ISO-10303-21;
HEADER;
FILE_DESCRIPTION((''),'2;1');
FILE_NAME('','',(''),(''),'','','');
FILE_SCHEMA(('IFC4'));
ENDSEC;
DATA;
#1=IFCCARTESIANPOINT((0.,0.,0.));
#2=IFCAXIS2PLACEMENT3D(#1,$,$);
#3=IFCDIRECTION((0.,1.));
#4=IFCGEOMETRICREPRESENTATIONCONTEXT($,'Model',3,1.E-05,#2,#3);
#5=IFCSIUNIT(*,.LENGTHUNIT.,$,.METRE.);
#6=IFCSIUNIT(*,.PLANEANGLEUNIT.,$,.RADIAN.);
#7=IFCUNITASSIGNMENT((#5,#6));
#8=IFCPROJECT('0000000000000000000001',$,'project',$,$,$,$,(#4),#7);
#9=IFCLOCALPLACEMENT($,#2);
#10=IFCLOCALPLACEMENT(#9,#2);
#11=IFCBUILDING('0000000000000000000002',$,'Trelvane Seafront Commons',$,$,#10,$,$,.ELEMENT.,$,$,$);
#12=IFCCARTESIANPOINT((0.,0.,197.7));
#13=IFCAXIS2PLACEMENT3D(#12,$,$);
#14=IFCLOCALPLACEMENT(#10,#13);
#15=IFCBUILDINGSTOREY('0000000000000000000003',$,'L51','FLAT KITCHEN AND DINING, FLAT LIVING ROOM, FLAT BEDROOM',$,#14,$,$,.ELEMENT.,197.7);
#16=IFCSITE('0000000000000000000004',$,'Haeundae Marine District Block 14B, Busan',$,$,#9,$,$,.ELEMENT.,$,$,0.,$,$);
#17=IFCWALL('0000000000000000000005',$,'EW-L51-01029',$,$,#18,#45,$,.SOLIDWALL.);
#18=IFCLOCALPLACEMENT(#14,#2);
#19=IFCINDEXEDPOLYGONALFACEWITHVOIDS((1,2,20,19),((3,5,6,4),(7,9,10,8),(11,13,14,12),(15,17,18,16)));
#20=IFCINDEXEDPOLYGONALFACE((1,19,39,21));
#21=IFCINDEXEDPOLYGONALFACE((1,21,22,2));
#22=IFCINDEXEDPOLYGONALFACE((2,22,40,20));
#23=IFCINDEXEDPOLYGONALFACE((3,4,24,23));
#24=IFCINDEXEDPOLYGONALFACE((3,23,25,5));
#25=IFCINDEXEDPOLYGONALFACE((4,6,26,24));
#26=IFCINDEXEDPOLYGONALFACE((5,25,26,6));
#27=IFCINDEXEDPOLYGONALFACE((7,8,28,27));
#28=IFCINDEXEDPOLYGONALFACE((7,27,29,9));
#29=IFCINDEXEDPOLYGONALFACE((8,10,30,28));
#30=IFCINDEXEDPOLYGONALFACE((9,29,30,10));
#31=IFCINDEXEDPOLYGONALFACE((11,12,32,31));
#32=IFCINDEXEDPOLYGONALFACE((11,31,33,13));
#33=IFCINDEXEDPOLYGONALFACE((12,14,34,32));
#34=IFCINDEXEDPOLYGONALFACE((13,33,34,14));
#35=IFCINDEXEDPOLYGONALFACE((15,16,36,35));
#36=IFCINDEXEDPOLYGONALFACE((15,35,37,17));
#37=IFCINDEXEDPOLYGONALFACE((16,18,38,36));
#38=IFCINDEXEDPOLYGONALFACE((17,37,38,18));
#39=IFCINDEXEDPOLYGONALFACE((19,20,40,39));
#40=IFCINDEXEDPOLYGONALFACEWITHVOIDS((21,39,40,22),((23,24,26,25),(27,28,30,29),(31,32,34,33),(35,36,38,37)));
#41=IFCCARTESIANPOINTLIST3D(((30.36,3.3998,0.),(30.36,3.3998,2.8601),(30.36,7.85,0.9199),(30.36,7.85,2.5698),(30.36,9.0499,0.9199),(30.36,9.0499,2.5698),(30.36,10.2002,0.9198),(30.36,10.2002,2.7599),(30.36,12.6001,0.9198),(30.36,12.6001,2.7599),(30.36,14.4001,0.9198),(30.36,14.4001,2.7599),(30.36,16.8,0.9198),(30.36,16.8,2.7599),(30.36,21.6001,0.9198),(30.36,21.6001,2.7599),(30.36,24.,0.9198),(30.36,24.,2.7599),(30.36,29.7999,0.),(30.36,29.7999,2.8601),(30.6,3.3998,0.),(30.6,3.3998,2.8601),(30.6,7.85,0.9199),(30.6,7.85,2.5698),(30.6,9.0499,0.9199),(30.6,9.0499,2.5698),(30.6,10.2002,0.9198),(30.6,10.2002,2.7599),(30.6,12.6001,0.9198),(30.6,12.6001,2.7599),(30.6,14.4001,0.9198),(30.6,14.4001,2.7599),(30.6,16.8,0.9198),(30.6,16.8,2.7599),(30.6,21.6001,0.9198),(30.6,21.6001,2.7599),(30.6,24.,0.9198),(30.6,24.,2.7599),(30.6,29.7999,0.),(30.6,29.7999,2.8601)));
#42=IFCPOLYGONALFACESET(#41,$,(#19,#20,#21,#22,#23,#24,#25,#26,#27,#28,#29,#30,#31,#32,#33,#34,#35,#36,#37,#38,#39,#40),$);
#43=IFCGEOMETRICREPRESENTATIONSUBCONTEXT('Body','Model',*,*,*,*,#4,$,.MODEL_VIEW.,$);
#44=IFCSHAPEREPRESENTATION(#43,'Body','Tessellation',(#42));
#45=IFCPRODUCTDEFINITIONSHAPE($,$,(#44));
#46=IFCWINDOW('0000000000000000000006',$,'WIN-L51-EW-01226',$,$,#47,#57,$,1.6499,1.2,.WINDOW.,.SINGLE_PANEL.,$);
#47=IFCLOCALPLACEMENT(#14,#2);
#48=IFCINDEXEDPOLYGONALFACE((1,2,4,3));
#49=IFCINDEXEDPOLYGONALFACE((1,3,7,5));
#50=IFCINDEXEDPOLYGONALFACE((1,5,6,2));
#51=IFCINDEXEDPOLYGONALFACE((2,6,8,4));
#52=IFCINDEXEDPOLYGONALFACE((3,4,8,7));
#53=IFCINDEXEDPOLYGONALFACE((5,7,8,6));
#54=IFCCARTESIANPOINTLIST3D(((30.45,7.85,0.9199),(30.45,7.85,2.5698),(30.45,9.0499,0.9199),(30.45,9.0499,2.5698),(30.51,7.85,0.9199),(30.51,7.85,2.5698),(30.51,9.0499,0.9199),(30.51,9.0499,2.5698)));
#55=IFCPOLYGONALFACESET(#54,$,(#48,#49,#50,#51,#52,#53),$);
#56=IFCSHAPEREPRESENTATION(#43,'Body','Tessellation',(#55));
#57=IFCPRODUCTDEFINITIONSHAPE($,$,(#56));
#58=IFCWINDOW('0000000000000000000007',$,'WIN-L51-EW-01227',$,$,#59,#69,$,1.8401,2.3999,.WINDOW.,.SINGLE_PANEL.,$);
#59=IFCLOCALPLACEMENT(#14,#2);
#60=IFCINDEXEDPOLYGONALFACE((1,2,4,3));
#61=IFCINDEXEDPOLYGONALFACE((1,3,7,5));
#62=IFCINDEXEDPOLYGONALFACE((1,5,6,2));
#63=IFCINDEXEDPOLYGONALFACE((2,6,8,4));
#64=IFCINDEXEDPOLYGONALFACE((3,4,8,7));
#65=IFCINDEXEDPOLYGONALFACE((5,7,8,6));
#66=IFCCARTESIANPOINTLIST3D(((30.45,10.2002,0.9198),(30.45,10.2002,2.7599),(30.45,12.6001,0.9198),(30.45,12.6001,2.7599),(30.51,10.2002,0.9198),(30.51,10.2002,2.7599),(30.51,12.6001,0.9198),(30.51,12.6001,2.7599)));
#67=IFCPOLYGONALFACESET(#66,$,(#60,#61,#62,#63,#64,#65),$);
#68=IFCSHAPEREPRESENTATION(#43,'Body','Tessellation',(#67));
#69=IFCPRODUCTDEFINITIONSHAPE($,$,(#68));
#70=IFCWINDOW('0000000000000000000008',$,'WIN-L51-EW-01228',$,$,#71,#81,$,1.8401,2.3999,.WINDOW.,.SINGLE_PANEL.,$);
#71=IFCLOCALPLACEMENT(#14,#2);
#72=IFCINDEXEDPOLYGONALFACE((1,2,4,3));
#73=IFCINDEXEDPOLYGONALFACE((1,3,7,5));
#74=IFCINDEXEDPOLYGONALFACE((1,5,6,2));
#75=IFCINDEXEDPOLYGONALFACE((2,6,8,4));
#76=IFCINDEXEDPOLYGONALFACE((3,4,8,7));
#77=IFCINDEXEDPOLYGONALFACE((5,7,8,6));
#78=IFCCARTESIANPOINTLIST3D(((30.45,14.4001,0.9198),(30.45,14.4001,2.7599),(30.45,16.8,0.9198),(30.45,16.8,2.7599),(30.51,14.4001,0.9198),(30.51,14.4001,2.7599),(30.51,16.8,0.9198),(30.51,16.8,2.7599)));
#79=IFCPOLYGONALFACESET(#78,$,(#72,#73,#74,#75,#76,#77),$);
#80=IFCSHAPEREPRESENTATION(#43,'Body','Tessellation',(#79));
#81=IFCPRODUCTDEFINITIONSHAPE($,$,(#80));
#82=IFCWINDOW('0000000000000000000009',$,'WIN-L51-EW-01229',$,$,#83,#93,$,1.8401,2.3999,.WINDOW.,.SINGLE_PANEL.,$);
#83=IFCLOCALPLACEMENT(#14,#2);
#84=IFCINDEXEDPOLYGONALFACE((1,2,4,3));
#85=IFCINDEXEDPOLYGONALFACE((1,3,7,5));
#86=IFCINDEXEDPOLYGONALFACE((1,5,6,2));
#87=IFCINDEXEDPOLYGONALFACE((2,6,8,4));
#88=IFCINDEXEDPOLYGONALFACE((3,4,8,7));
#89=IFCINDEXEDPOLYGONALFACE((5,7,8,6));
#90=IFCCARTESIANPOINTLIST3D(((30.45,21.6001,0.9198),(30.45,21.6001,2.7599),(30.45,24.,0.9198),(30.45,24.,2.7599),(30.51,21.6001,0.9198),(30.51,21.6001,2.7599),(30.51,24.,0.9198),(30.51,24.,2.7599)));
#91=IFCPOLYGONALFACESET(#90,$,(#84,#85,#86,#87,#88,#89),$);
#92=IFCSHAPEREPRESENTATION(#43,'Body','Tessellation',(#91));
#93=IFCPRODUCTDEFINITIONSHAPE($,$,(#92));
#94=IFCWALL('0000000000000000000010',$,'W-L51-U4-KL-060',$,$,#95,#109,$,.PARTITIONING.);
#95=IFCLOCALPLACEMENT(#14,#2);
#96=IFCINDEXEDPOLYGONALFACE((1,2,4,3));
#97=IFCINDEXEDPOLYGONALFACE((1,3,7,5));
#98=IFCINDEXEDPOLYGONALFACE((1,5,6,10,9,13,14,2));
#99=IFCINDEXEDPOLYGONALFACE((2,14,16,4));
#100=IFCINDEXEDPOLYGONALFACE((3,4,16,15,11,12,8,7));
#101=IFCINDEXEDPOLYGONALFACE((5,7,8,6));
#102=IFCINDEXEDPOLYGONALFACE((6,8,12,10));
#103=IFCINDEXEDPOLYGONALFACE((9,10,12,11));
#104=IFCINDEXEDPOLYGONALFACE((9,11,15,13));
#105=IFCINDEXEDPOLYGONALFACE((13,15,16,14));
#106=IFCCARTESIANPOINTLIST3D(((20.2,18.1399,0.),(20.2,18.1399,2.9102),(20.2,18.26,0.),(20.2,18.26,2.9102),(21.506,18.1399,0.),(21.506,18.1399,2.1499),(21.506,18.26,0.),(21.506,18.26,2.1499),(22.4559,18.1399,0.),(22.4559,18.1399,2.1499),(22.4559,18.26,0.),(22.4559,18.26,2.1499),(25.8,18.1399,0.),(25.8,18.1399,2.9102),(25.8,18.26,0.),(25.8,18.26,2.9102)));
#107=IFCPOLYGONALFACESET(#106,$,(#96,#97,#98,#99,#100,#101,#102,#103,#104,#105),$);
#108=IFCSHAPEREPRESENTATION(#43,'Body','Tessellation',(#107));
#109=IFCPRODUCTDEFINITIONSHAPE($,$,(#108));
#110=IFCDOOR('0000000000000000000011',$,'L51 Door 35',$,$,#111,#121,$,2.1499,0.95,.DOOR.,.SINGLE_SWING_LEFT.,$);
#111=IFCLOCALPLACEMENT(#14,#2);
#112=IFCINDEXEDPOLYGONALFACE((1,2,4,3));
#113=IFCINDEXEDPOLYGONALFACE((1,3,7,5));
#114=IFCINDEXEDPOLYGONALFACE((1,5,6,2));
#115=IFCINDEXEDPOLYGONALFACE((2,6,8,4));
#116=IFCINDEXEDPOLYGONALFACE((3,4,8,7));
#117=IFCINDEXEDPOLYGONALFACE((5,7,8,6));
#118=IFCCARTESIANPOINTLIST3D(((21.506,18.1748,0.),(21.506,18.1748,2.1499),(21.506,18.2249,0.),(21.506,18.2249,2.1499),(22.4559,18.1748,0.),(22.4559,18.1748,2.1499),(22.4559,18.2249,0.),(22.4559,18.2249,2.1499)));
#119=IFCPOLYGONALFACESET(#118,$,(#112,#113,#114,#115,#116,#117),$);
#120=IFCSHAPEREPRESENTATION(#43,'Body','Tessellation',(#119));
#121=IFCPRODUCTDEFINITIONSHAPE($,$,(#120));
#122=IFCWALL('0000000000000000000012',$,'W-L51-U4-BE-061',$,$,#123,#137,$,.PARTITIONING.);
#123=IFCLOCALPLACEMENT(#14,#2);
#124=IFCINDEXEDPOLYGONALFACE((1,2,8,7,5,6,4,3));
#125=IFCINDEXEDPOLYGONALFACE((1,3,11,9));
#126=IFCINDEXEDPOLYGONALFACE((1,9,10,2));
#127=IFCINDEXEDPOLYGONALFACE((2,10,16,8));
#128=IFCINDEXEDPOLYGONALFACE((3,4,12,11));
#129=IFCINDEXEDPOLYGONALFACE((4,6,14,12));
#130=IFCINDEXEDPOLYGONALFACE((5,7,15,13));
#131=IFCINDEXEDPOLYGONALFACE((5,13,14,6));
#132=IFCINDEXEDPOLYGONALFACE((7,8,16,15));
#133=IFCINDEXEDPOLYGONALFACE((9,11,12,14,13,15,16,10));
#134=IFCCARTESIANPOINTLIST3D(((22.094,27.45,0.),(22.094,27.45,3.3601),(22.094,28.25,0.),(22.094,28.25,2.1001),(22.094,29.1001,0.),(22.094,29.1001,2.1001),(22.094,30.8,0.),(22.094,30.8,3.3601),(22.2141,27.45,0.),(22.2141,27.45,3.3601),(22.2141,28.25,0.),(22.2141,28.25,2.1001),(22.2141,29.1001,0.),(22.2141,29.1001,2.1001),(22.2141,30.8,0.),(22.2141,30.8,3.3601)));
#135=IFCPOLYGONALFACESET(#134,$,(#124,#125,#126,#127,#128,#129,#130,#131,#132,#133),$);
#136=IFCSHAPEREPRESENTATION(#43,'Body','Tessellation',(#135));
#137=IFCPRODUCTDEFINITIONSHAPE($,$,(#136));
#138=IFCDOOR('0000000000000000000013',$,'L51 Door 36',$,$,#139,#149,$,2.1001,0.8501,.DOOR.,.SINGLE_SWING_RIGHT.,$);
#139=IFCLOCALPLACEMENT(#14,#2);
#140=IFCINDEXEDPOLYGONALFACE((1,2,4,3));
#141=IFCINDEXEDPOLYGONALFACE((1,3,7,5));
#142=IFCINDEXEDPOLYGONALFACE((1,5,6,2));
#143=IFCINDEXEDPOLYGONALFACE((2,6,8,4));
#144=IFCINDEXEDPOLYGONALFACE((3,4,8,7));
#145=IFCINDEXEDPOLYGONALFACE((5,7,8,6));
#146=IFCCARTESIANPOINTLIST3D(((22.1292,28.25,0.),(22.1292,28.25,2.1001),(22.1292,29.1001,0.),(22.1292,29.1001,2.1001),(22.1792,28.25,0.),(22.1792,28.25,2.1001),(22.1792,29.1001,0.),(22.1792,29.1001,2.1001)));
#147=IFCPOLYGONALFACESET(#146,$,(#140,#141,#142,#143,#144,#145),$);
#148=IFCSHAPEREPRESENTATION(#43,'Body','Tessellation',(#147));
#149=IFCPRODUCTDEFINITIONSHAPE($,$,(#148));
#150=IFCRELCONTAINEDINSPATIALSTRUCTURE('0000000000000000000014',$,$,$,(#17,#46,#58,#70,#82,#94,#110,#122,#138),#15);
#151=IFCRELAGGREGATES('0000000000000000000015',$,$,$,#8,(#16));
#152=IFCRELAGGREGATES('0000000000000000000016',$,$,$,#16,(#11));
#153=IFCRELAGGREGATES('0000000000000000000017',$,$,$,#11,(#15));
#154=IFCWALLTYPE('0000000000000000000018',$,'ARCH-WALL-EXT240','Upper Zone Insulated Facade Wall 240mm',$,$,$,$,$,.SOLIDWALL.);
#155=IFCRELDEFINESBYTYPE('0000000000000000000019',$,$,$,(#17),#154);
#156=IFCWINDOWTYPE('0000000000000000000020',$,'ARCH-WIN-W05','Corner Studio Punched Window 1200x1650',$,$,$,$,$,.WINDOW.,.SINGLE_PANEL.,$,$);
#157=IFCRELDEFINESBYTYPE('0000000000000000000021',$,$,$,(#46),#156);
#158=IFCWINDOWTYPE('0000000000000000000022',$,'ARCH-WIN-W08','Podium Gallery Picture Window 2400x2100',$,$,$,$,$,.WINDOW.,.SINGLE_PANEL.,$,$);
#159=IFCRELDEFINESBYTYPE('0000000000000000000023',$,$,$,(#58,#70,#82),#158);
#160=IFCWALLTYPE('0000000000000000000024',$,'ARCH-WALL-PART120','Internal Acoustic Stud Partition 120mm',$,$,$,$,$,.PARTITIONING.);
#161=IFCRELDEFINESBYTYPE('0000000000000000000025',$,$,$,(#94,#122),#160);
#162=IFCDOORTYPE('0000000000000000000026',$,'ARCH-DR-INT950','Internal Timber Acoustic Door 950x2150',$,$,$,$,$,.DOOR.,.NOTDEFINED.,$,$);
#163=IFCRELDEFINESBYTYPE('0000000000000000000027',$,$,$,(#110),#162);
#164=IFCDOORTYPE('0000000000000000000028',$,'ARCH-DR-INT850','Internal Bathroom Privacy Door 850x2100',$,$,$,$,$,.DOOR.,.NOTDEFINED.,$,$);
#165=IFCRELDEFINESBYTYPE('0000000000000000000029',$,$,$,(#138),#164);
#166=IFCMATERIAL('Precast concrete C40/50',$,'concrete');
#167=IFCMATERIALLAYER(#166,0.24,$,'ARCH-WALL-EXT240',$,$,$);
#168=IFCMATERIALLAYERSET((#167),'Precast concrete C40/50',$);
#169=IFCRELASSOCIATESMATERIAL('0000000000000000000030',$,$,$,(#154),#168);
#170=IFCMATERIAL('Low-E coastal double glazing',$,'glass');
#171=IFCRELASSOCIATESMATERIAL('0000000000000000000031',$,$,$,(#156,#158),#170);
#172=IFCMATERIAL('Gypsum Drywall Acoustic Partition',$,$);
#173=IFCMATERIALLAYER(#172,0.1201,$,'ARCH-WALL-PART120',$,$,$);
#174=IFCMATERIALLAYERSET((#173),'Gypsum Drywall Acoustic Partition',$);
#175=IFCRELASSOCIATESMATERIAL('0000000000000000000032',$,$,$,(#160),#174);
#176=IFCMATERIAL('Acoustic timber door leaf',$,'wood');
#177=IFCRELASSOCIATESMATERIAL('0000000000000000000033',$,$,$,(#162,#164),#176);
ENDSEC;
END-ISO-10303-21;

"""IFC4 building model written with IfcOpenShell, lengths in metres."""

from ifc_helpers import new_model, si_unit, direction, frame, frame_2d, origin, place, context, subcontext, project, spatial, rectangle, extrude, source, transform, mapped, material, layer, layer_set, type_object, element, fill, save


model = new_model("IFC4")

# Units and contexts
model_context = context("Model", 3, precision=1e-05, world=origin(), true_north=direction((0.0, 1.0)))
body_context = subcontext(model_context, "Body", "Model", "MODEL_VIEW")
ifc_project = project(units=[si_unit("LENGTHUNIT", "METRE"), si_unit("PLANEANGLEUNIT", "RADIAN")], contexts=[model_context])

# Site, building, storey
site_placement = place(None, origin())
site = spatial("IfcSite", under=ifc_project, at=site_placement, Name="Haeundae Marine District Block 14B, Busan", CompositionType="ELEMENT", RefElevation=0.0)
building_placement = place(site_placement, origin())
building = spatial("IfcBuilding", under=site, at=building_placement, Name="Trelvane Seafront Commons", CompositionType="ELEMENT")
storey_placement = place(building_placement, frame((0.0, 0.0, 197.7)))
storey = spatial("IfcBuildingStorey", under=building, at=storey_placement, Name="L51", Description="FLAT KITCHEN AND DINING, FLAT LIVING ROOM, FLAT BEDROOM", CompositionType="ELEMENT", Elevation=197.7)

# Wall, openings, windows
ifc_material_1 = material(Name="Precast concrete C40/50", Category="concrete")
ifc_layer_1 = layer(ifc_material_1, 0.24, Name="ARCH-WALL-EXT240")
ifc_layer_set_1 = layer_set([ifc_layer_1], Name="Precast concrete C40/50")
wall_type_1 = type_object("IfcWallType", Name="ARCH-WALL-EXT240", Description="Upper Zone Insulated Facade Wall 240mm", PredefinedType="SOLIDWALL", material=ifc_layer_set_1)
wall_1_placement = place(storey_placement, frame((30.48, 29.8, 0.0), z_axis=(0.0, 0.0, 1.0), x_axis=(0.0, -1.0, 0.0)))
wall_1 = element("IfcWall", 1, at=wall_1_placement, inside=storey, type_object=wall_type_1, Name="EW-L51-01029", PredefinedType="SOLIDWALL", context=body_context, shape_type="SweptSolid", body=[
    extrude(rectangle(XDim=26.4001, YDim=0.24, at=frame_2d((13.2002, 0.0))), origin(), (0.0, 0.0, 1.0), 2.8601),
])
opening_1_placement = place(wall_1_placement, frame((20.75, 0.0, 0.9199)))
opening_1 = element("IfcOpeningElement", 2, at=opening_1_placement, cuts=wall_1, PredefinedType="OPENING", context=body_context, shape_type="SweptSolid", body=[
    extrude(rectangle(XDim=1.2, YDim=1.6499, at=frame_2d((0.6001, 0.825))), frame((0.0, 0.1299, 0.0), z_axis=(0.0, -1.0, 0.0), x_axis=(1.0, 0.0, 0.0)), (0.0, 0.0, 1.0), 0.26),
])
opening_2_placement = place(wall_1_placement, frame((17.2, 0.0, 0.9199)))
opening_2 = element("IfcOpeningElement", 3, at=opening_2_placement, cuts=wall_1, PredefinedType="OPENING", context=body_context, shape_type="SweptSolid", body=[
    extrude(rectangle(XDim=2.3999, YDim=1.8401, at=frame_2d((1.2, 0.9199))), frame((0.0, 0.1299, 0.0), z_axis=(0.0, -1.0, 0.0), x_axis=(1.0, 0.0, 0.0)), (0.0, 0.0, 1.0), 0.26),
])
opening_3_placement = place(wall_1_placement, frame((13.0, 0.0, 0.9199)))
opening_3 = element("IfcOpeningElement", 4, at=opening_3_placement, cuts=wall_1, PredefinedType="OPENING", context=body_context, shape_type="SweptSolid", body=[
    extrude(rectangle(XDim=2.3999, YDim=1.8401, at=frame_2d((1.2, 0.9199))), frame((0.0, 0.1299, 0.0), z_axis=(0.0, -1.0, 0.0), x_axis=(1.0, 0.0, 0.0)), (0.0, 0.0, 1.0), 0.26),
])
opening_4_placement = place(wall_1_placement, frame((5.8, 0.0, 0.9199)))
opening_4 = element("IfcOpeningElement", 5, at=opening_4_placement, cuts=wall_1, PredefinedType="OPENING", context=body_context, shape_type="SweptSolid", body=[
    extrude(rectangle(XDim=2.3999, YDim=1.8401, at=frame_2d((1.2, 0.9199))), frame((0.0, 0.1299, 0.0), z_axis=(0.0, -1.0, 0.0), x_axis=(1.0, 0.0, 0.0)), (0.0, 0.0, 1.0), 0.26),
])
ifc_material_2 = material(Name="Low-E coastal double glazing", Category="glass")
window_type_1 = type_object("IfcWindowType", Name="ARCH-WIN-W05", Description="Corner Studio Punched Window 1200x1650", PartitioningType="SINGLE_PANEL", PredefinedType="WINDOW", material=ifc_material_2)
shared_shape_1 = source(origin(), body_context, "Body", "SweptSolid", [
    extrude(rectangle(XDim=1.2, YDim=1.6499, at=frame_2d((0.6001, 0.825))), frame((0.0, 0.03, 0.0), z_axis=(0.0, -1.0, 0.0), x_axis=(1.0, 0.0, 0.0)), (0.0, 0.0, 1.0), 0.0601),
])
window_1_placement = place(opening_1_placement, origin())
window_1 = element("IfcWindow", 6, at=window_1_placement, inside=storey, type_object=window_type_1, Name="WIN-L51-EW-01226", OverallHeight=1.6499, OverallWidth=1.2, PartitioningType="SINGLE_PANEL", PredefinedType="WINDOW", context=body_context, shape_type="MappedRepresentation", body=[
    mapped(shared_shape_1, transform((0.0, 0.0, 0.0), x_axis=(1.0, 0.0, 0.0), y_axis=(0.0, 1.0, 0.0), z_axis=(0.0, 0.0, 1.0), scale=1.0)),
])
fill(opening_1, window_1)
window_type_2 = type_object("IfcWindowType", Name="ARCH-WIN-W08", Description="Podium Gallery Picture Window 2400x2100", PartitioningType="SINGLE_PANEL", PredefinedType="WINDOW", material=ifc_material_2)
shared_shape_2 = source(origin(), body_context, "Body", "SweptSolid", [
    extrude(rectangle(XDim=2.3999, YDim=1.8401, at=frame_2d((1.2, 0.9199))), frame((0.0, 0.03, 0.0), z_axis=(0.0, -1.0, 0.0), x_axis=(1.0, 0.0, 0.0)), (0.0, 0.0, 1.0), 0.0601),
])
window_2_placement = place(opening_2_placement, origin())
window_2 = element("IfcWindow", 7, at=window_2_placement, inside=storey, type_object=window_type_2, Name="WIN-L51-EW-01227", OverallHeight=1.8401, OverallWidth=2.3999, PartitioningType="SINGLE_PANEL", PredefinedType="WINDOW", context=body_context, shape_type="MappedRepresentation", body=[
    mapped(shared_shape_2, transform((0.0, 0.0, 0.0), x_axis=(1.0, 0.0, 0.0), y_axis=(0.0, 1.0, 0.0), z_axis=(0.0, 0.0, 1.0), scale=1.0)),
])
fill(opening_2, window_2)
window_3_placement = place(opening_3_placement, origin())
window_3 = element("IfcWindow", 8, at=window_3_placement, inside=storey, type_object=window_type_2, Name="WIN-L51-EW-01228", OverallHeight=1.8401, OverallWidth=2.3999, PartitioningType="SINGLE_PANEL", PredefinedType="WINDOW", context=body_context, shape_type="MappedRepresentation", body=[
    mapped(shared_shape_2, transform((0.0, 0.0, 0.0), x_axis=(1.0, 0.0, 0.0), y_axis=(0.0, 1.0, 0.0), z_axis=(0.0, 0.0, 1.0), scale=1.0)),
])
fill(opening_3, window_3)
window_4_placement = place(opening_4_placement, origin())
window_4 = element("IfcWindow", 9, at=window_4_placement, inside=storey, type_object=window_type_2, Name="WIN-L51-EW-01229", OverallHeight=1.8401, OverallWidth=2.3999, PartitioningType="SINGLE_PANEL", PredefinedType="WINDOW", context=body_context, shape_type="MappedRepresentation", body=[
    mapped(shared_shape_2, transform((0.0, 0.0, 0.0), x_axis=(1.0, 0.0, 0.0), y_axis=(0.0, 1.0, 0.0), z_axis=(0.0, 0.0, 1.0), scale=1.0)),
])
fill(opening_4, window_4)

# Walls, openings, doors
ifc_material_3 = material(Name="Gypsum Drywall Acoustic Partition")
ifc_layer_2 = layer(ifc_material_3, 0.1201, Name="ARCH-WALL-PART120")
ifc_layer_set_2 = layer_set([ifc_layer_2], Name="Gypsum Drywall Acoustic Partition")
wall_type_2 = type_object("IfcWallType", Name="ARCH-WALL-PART120", Description="Internal Acoustic Stud Partition 120mm", PredefinedType="PARTITIONING", material=ifc_layer_set_2)
ifc_material_4 = material(Name="Acoustic timber door leaf", Category="wood")
door_type_1 = type_object("IfcDoorType", Name="ARCH-DR-INT950", Description="Internal Timber Acoustic Door 950x2150", OperationType="NOTDEFINED", PredefinedType="DOOR", material=ifc_material_4)
shared_shape_3 = source(origin(), body_context, "Body", "SweptSolid", [
    extrude(rectangle(XDim=0.95, YDim=2.1499, at=frame_2d((0.4751, 1.075))), frame((0.0, 0.0249, 0.0), z_axis=(0.0, -1.0, 0.0), x_axis=(1.0, 0.0, 0.0)), (0.0, 0.0, 1.0), 0.05),
])
wall_2_placement = place(storey_placement, frame((20.2, 18.2, 0.0), z_axis=(0.0, 0.0, 1.0), x_axis=(1.0, 0.0, 0.0)))
wall_2 = element("IfcWall", 10, at=wall_2_placement, inside=storey, type_object=wall_type_2, Name="W-L51-U4-KL-060", PredefinedType="PARTITIONING", context=body_context, shape_type="SweptSolid", body=[
    extrude(rectangle(XDim=5.6001, YDim=0.1201, at=frame_2d((2.8, 0.0))), origin(), (0.0, 0.0, 1.0), 2.9102),
])
opening_5_placement = place(wall_2_placement, frame((1.3059, 0.0, 0.0)))
opening_5 = element("IfcOpeningElement", 11, at=opening_5_placement, cuts=wall_2, PredefinedType="OPENING", context=body_context, shape_type="SweptSolid", body=[
    extrude(rectangle(XDim=0.95, YDim=2.1499, at=frame_2d((0.4751, 1.075))), frame((0.0, 0.0701, 0.0), z_axis=(0.0, -1.0, 0.0), x_axis=(1.0, 0.0, 0.0)), (0.0, 0.0, 1.0), 0.1401),
])
door_1_placement = place(opening_5_placement, origin())
door_1 = element("IfcDoor", 12, at=door_1_placement, inside=storey, type_object=door_type_1, Name="L51 Door 35", OperationType="SINGLE_SWING_LEFT", OverallHeight=2.1499, OverallWidth=0.95, PredefinedType="DOOR", context=body_context, shape_type="MappedRepresentation", body=[
    mapped(shared_shape_3, transform((0.0, 0.0, 0.0), x_axis=(1.0, 0.0, 0.0), y_axis=(0.0, 1.0, 0.0), z_axis=(0.0, 0.0, 1.0), scale=1.0)),
])
fill(opening_5, door_1)
wall_3_placement = place(storey_placement, frame((22.1541, 27.45, 0.0), z_axis=(0.0, 0.0, 1.0), x_axis=(0.0, 1.0, 0.0)))
wall_3 = element("IfcWall", 13, at=wall_3_placement, inside=storey, type_object=wall_type_2, Name="W-L51-U4-BE-061", PredefinedType="PARTITIONING", context=body_context, shape_type="SweptSolid", body=[
    extrude(rectangle(XDim=3.3501, YDim=0.1201, at=frame_2d((1.675, 0.0))), origin(), (0.0, 0.0, 1.0), 3.3601),
])
opening_6_placement = place(wall_3_placement, frame((0.8, 0.0, 0.0)))
opening_6 = element("IfcOpeningElement", 14, at=opening_6_placement, cuts=wall_3, PredefinedType="OPENING", context=body_context, shape_type="SweptSolid", body=[
    extrude(rectangle(XDim=0.8501, YDim=2.1001, at=frame_2d((0.425, 1.05))), frame((0.0, 0.0701, 0.0), z_axis=(0.0, -1.0, 0.0), x_axis=(1.0, 0.0, 0.0)), (0.0, 0.0, 1.0), 0.1401),
])
door_type_2 = type_object("IfcDoorType", Name="ARCH-DR-INT850", Description="Internal Bathroom Privacy Door 850x2100", OperationType="NOTDEFINED", PredefinedType="DOOR", material=ifc_material_4)
shared_shape_4 = source(origin(), body_context, "Body", "SweptSolid", [
    extrude(rectangle(XDim=0.8501, YDim=2.1001, at=frame_2d((0.425, 1.05))), frame((0.0, 0.0249, 0.0), z_axis=(0.0, -1.0, 0.0), x_axis=(1.0, 0.0, 0.0)), (0.0, 0.0, 1.0), 0.05),
])
door_2_placement = place(opening_6_placement, origin())
door_2 = element("IfcDoor", 15, at=door_2_placement, inside=storey, type_object=door_type_2, Name="L51 Door 36", OperationType="SINGLE_SWING_RIGHT", OverallHeight=2.1001, OverallWidth=0.8501, PredefinedType="DOOR", context=body_context, shape_type="MappedRepresentation", body=[
    mapped(shared_shape_4, transform((0.0, 0.0, 0.0), x_axis=(1.0, 0.0, 0.0), y_axis=(0.0, 1.0, 0.0), z_axis=(0.0, 0.0, 1.0), scale=1.0)),
])
fill(opening_6, door_2)

save(model, "model.ifc")
